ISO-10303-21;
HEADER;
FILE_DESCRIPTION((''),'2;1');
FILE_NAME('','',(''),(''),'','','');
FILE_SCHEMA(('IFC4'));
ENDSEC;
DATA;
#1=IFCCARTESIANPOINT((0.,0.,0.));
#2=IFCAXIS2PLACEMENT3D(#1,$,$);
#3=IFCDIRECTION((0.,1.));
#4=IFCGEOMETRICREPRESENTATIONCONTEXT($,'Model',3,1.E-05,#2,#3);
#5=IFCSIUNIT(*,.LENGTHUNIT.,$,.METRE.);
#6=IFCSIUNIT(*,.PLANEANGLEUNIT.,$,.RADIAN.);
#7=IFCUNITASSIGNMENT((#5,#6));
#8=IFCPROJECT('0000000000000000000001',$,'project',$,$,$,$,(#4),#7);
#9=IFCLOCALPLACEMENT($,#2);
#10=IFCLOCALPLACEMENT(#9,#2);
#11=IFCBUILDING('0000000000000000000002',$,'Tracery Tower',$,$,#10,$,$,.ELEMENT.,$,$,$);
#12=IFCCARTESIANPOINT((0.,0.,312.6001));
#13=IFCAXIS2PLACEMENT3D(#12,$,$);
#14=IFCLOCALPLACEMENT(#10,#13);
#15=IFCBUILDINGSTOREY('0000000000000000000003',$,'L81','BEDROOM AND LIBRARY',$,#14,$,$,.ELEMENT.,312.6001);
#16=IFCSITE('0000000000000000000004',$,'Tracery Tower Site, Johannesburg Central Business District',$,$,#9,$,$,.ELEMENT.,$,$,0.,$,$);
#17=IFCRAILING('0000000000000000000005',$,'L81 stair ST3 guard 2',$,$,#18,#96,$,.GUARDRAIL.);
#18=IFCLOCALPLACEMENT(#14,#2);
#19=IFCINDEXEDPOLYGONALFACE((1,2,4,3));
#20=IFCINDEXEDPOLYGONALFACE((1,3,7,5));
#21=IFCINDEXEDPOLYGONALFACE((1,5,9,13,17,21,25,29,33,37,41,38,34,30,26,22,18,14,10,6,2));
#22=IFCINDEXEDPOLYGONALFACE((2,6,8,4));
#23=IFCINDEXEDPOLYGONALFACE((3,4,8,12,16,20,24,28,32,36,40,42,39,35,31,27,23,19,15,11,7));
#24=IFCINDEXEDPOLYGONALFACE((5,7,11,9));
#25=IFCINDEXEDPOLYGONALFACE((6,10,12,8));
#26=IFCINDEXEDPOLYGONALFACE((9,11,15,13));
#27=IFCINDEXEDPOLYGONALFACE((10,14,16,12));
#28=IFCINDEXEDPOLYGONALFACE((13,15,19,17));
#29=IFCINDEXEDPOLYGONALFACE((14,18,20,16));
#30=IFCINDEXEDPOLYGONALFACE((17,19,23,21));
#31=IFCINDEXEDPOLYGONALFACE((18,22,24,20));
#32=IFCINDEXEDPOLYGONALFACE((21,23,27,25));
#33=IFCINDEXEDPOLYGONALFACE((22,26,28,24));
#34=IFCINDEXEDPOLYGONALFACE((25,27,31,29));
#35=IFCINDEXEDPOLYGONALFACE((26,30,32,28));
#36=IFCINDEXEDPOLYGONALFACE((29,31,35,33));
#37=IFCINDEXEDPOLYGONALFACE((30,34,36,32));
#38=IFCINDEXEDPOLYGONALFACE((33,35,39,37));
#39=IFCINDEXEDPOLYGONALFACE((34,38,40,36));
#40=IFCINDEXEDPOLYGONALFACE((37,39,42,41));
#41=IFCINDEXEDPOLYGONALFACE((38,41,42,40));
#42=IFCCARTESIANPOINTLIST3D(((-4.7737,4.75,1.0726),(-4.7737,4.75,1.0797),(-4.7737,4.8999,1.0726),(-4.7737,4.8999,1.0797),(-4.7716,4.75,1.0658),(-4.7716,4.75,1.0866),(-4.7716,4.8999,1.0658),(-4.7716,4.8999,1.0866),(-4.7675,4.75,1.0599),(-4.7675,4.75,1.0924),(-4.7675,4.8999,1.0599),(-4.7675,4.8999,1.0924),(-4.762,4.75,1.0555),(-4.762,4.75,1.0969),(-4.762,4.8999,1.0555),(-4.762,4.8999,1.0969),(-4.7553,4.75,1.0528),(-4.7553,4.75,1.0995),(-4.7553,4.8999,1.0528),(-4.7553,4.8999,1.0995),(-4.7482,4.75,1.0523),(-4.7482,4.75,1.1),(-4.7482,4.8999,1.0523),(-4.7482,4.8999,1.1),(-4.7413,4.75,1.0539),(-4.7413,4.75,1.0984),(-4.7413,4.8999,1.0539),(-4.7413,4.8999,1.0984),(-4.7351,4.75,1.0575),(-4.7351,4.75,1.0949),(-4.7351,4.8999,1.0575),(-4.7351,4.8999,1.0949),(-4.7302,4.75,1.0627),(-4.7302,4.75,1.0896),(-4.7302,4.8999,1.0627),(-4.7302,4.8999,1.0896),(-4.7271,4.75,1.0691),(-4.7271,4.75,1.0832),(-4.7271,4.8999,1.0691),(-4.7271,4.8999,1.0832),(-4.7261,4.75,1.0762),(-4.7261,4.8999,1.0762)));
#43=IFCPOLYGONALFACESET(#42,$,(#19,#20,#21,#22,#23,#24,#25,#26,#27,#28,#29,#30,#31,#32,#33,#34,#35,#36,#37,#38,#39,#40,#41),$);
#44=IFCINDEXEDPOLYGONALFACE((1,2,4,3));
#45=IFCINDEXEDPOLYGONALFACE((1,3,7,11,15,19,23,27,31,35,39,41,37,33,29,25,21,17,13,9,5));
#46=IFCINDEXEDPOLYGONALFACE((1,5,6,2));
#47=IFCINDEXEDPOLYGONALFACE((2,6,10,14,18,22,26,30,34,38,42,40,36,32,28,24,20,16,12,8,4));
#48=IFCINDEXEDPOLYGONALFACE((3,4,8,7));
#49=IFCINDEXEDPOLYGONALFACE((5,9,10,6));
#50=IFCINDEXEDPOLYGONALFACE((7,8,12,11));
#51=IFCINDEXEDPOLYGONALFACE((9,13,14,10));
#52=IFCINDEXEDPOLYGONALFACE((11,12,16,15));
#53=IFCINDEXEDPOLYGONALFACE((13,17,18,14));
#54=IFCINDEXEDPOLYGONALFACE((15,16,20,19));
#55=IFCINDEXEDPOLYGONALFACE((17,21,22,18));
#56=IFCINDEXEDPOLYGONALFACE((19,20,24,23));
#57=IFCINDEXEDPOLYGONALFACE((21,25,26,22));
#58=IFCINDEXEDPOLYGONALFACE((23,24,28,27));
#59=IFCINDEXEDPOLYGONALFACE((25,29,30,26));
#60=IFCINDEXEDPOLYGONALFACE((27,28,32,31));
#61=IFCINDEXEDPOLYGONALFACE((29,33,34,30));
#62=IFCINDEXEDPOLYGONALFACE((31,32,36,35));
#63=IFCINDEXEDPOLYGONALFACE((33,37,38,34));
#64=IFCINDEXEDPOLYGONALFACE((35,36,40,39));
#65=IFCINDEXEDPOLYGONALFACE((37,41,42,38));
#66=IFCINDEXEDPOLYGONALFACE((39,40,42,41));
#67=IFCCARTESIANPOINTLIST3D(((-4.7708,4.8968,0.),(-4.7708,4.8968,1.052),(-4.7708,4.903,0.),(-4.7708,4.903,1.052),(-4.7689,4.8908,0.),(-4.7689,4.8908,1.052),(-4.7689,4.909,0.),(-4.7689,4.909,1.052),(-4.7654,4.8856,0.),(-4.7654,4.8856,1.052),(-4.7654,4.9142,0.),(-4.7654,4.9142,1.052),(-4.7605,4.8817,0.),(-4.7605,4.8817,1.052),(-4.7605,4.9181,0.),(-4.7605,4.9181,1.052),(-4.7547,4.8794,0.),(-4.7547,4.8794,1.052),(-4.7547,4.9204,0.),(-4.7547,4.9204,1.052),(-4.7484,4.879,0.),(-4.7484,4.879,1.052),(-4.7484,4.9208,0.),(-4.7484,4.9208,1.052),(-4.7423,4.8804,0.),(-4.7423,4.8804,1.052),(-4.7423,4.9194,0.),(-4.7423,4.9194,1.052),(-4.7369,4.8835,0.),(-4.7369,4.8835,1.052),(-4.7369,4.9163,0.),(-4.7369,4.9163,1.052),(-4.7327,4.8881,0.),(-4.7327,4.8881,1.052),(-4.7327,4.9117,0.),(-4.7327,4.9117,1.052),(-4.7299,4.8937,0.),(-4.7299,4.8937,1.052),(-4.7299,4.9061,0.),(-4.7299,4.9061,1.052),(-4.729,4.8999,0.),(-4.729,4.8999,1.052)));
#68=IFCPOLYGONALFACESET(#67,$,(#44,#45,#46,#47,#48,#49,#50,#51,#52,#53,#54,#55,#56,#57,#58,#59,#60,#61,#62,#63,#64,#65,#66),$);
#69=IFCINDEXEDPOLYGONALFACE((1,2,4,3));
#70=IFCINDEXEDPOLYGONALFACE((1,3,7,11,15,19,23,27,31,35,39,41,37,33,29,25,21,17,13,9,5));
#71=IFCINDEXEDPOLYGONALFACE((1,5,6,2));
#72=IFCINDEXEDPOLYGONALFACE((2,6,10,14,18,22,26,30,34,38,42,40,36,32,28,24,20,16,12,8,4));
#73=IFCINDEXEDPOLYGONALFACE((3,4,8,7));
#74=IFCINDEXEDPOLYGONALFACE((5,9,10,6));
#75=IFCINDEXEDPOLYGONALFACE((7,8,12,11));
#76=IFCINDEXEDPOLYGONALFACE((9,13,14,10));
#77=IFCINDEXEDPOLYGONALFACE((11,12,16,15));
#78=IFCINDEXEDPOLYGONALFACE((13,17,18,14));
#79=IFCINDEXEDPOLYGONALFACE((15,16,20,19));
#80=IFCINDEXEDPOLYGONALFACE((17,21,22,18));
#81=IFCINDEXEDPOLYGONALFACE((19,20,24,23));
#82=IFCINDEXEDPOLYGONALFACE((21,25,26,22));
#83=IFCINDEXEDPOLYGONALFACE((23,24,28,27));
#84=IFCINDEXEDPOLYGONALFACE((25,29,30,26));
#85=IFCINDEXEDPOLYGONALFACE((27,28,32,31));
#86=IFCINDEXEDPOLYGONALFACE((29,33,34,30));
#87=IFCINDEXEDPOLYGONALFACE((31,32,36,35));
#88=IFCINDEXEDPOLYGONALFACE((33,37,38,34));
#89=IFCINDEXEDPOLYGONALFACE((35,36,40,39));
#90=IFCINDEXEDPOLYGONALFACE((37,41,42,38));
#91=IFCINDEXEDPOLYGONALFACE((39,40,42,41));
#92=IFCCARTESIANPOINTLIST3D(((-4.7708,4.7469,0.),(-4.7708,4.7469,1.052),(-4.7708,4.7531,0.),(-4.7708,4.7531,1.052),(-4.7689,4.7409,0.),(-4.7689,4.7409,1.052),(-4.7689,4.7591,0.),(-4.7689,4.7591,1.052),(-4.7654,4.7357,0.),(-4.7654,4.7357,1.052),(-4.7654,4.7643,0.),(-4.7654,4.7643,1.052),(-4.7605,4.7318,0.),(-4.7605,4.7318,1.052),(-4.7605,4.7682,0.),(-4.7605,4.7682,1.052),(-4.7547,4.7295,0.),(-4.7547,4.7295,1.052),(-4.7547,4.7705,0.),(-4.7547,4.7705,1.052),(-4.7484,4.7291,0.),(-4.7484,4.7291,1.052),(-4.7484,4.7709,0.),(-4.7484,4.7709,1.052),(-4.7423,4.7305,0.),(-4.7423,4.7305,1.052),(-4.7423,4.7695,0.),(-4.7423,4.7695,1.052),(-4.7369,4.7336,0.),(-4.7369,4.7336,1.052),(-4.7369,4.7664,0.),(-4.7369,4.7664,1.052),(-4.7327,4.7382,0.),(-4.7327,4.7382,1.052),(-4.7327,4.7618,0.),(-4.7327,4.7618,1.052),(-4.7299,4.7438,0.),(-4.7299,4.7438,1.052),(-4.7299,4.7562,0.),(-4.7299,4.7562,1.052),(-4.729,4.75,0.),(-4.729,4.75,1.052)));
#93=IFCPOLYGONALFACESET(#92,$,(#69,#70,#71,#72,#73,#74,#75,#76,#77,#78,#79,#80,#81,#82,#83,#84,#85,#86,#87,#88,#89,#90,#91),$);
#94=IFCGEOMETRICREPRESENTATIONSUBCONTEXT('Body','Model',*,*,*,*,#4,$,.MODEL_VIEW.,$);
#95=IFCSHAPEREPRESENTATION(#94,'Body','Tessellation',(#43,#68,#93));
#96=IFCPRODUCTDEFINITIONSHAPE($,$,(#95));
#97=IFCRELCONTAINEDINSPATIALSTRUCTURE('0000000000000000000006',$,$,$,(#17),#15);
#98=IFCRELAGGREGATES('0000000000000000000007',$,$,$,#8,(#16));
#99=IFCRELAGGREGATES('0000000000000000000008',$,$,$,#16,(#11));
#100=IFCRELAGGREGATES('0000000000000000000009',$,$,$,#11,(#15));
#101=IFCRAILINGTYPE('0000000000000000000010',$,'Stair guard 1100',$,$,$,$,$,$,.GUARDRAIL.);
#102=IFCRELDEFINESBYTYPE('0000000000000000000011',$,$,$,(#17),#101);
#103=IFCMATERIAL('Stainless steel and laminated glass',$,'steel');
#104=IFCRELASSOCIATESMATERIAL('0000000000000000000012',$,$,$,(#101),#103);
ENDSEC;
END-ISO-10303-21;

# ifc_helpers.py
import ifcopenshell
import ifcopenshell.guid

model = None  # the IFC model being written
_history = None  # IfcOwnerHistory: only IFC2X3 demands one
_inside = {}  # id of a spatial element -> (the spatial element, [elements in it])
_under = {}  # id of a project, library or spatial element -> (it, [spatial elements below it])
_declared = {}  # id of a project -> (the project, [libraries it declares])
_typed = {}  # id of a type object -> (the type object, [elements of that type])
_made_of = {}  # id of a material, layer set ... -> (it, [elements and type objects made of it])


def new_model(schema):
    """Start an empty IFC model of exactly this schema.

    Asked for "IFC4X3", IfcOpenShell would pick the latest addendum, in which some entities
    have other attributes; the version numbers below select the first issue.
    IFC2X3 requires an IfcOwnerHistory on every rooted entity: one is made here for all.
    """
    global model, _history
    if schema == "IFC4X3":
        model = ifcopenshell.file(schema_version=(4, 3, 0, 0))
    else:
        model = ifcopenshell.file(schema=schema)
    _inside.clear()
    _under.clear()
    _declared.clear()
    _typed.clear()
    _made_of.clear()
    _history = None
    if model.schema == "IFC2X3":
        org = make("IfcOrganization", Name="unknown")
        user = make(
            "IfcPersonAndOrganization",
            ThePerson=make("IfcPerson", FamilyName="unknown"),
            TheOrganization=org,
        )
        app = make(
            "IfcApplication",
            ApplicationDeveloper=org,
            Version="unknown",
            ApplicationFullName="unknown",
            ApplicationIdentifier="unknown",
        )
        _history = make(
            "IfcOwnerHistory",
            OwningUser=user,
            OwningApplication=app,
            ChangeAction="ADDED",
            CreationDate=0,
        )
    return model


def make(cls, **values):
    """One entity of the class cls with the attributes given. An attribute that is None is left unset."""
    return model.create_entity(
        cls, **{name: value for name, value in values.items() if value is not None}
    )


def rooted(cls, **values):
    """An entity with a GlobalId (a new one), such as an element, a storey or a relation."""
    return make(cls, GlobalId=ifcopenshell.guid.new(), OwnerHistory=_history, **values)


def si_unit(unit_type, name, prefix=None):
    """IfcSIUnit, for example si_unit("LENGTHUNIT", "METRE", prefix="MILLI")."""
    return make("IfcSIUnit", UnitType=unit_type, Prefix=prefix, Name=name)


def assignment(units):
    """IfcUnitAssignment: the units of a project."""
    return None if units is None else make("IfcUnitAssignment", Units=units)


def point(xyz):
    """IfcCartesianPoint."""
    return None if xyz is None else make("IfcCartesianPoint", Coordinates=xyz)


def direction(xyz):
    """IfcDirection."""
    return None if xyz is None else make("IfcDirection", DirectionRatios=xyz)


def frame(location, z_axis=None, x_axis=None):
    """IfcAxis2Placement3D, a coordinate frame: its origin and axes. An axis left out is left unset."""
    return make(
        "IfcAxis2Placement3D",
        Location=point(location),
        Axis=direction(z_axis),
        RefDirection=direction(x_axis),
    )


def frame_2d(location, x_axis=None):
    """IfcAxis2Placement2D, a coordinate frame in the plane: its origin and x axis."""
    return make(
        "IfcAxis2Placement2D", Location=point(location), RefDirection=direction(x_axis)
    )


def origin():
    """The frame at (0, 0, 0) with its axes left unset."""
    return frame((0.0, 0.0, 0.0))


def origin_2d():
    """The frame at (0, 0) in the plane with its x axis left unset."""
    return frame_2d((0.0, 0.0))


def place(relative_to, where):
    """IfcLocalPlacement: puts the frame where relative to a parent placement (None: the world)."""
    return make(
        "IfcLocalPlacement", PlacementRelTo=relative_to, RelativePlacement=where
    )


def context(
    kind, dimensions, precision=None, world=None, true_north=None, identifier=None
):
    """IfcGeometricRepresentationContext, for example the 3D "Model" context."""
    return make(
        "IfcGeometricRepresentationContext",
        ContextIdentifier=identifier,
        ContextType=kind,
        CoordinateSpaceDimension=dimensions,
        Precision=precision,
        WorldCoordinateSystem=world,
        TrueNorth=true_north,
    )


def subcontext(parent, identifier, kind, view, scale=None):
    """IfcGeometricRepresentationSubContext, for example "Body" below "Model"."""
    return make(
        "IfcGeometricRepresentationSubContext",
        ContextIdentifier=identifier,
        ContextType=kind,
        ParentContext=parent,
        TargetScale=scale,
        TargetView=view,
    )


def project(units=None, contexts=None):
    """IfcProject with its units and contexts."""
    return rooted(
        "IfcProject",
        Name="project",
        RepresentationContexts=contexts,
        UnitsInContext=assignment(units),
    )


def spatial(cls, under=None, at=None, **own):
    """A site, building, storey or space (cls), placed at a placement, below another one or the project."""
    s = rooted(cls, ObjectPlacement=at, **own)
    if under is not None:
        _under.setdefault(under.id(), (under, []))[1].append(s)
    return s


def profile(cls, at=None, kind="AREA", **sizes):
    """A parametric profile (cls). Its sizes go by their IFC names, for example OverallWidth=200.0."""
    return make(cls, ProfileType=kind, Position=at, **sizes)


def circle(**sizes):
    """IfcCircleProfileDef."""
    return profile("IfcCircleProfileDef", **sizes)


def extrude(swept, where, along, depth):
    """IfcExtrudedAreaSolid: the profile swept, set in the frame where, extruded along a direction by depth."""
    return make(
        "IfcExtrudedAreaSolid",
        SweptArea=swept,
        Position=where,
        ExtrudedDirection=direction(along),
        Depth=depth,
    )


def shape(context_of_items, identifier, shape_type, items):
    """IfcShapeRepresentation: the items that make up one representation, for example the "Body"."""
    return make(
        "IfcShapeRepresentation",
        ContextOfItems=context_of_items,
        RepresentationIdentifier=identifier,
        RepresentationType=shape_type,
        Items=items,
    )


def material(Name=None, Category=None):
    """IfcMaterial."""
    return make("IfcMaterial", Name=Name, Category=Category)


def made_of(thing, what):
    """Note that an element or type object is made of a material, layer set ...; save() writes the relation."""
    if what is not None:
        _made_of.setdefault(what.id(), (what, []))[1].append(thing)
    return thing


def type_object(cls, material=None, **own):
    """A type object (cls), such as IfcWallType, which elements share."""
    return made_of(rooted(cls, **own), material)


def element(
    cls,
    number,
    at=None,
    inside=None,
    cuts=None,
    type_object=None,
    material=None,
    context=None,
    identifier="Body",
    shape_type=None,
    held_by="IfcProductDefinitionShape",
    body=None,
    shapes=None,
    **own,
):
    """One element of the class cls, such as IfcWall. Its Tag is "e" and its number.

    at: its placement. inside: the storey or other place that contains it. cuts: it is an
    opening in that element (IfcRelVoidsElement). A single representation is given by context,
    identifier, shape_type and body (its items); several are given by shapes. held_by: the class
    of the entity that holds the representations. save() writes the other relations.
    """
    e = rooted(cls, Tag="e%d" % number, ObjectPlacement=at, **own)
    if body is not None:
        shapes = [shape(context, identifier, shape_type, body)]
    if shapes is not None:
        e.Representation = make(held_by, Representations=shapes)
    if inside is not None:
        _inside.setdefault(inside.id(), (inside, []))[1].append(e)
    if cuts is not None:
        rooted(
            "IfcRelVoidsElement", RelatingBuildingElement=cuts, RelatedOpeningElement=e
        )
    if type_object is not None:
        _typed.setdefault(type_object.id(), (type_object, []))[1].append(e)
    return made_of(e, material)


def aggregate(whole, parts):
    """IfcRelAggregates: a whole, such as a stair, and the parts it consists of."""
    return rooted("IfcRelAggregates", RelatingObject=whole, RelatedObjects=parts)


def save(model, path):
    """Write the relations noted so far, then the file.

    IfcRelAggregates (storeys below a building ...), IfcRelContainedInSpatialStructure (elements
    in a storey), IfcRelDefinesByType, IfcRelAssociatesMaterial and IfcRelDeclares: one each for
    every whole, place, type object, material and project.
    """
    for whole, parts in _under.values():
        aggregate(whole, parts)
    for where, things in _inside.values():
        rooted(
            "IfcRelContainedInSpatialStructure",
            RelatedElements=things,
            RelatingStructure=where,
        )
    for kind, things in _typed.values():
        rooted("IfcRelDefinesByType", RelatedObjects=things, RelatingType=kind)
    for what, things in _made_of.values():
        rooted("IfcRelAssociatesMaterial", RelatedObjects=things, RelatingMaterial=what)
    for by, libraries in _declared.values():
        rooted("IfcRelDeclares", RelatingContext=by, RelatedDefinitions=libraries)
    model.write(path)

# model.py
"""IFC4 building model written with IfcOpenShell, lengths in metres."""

from ifc_helpers import new_model, si_unit, direction, frame, origin, origin_2d, place, context, subcontext, project, spatial, circle, extrude, material, type_object, element, save


model = new_model("IFC4")

# Units and contexts
model_context = context("Model", 3, precision=1e-05, world=origin(), true_north=direction((0.0, 1.0)))
body_context = subcontext(model_context, "Body", "Model", "MODEL_VIEW")
ifc_project = project(units=[si_unit("LENGTHUNIT", "METRE"), si_unit("PLANEANGLEUNIT", "RADIAN")], contexts=[model_context])

# Site, building, storey
site_placement = place(None, origin())
site = spatial("IfcSite", under=ifc_project, at=site_placement, Name="Tracery Tower Site, Johannesburg Central Business District", CompositionType="ELEMENT", RefElevation=0.0)
building_placement = place(site_placement, origin())
building = spatial("IfcBuilding", under=site, at=building_placement, Name="Tracery Tower", CompositionType="ELEMENT")
storey_placement = place(building_placement, frame((0.0, 0.0, 312.6001)))
storey = spatial("IfcBuildingStorey", under=building, at=storey_placement, Name="L81", Description="BEDROOM AND LIBRARY", CompositionType="ELEMENT", Elevation=312.6001)

# Railing
ifc_material_1 = material(Name="Stainless steel and laminated glass", Category="steel")
railing_type_1 = type_object("IfcRailingType", Name="Stair guard 1100", PredefinedType="GUARDRAIL", material=ifc_material_1)
railing_1_placement = place(storey_placement, frame((-4.75, 4.8999, 0.0)))
element("IfcRailing", 1, at=railing_1_placement, inside=storey, type_object=railing_type_1, Name="L81 stair ST3 guard 2", PredefinedType="GUARDRAIL", context=body_context, shape_type="SweptSolid", body=[
    extrude(circle(Radius=0.0239, at=origin_2d()), frame((0.0, 0.0, 1.0762), z_axis=(0.0, -1.0, 0.0), x_axis=(1.0, 0.0, 0.0)), (0.0, 0.0, 1.0), 0.1499),
    extrude(circle(Radius=0.021, at=origin_2d()), origin(), (0.0, 0.0, 1.0), 1.052),
    extrude(circle(Radius=0.021, at=origin_2d()), frame((0.0, -0.1499, 0.0)), (0.0, 0.0, 1.0), 1.052),
])

save(model, "model.ifc")
